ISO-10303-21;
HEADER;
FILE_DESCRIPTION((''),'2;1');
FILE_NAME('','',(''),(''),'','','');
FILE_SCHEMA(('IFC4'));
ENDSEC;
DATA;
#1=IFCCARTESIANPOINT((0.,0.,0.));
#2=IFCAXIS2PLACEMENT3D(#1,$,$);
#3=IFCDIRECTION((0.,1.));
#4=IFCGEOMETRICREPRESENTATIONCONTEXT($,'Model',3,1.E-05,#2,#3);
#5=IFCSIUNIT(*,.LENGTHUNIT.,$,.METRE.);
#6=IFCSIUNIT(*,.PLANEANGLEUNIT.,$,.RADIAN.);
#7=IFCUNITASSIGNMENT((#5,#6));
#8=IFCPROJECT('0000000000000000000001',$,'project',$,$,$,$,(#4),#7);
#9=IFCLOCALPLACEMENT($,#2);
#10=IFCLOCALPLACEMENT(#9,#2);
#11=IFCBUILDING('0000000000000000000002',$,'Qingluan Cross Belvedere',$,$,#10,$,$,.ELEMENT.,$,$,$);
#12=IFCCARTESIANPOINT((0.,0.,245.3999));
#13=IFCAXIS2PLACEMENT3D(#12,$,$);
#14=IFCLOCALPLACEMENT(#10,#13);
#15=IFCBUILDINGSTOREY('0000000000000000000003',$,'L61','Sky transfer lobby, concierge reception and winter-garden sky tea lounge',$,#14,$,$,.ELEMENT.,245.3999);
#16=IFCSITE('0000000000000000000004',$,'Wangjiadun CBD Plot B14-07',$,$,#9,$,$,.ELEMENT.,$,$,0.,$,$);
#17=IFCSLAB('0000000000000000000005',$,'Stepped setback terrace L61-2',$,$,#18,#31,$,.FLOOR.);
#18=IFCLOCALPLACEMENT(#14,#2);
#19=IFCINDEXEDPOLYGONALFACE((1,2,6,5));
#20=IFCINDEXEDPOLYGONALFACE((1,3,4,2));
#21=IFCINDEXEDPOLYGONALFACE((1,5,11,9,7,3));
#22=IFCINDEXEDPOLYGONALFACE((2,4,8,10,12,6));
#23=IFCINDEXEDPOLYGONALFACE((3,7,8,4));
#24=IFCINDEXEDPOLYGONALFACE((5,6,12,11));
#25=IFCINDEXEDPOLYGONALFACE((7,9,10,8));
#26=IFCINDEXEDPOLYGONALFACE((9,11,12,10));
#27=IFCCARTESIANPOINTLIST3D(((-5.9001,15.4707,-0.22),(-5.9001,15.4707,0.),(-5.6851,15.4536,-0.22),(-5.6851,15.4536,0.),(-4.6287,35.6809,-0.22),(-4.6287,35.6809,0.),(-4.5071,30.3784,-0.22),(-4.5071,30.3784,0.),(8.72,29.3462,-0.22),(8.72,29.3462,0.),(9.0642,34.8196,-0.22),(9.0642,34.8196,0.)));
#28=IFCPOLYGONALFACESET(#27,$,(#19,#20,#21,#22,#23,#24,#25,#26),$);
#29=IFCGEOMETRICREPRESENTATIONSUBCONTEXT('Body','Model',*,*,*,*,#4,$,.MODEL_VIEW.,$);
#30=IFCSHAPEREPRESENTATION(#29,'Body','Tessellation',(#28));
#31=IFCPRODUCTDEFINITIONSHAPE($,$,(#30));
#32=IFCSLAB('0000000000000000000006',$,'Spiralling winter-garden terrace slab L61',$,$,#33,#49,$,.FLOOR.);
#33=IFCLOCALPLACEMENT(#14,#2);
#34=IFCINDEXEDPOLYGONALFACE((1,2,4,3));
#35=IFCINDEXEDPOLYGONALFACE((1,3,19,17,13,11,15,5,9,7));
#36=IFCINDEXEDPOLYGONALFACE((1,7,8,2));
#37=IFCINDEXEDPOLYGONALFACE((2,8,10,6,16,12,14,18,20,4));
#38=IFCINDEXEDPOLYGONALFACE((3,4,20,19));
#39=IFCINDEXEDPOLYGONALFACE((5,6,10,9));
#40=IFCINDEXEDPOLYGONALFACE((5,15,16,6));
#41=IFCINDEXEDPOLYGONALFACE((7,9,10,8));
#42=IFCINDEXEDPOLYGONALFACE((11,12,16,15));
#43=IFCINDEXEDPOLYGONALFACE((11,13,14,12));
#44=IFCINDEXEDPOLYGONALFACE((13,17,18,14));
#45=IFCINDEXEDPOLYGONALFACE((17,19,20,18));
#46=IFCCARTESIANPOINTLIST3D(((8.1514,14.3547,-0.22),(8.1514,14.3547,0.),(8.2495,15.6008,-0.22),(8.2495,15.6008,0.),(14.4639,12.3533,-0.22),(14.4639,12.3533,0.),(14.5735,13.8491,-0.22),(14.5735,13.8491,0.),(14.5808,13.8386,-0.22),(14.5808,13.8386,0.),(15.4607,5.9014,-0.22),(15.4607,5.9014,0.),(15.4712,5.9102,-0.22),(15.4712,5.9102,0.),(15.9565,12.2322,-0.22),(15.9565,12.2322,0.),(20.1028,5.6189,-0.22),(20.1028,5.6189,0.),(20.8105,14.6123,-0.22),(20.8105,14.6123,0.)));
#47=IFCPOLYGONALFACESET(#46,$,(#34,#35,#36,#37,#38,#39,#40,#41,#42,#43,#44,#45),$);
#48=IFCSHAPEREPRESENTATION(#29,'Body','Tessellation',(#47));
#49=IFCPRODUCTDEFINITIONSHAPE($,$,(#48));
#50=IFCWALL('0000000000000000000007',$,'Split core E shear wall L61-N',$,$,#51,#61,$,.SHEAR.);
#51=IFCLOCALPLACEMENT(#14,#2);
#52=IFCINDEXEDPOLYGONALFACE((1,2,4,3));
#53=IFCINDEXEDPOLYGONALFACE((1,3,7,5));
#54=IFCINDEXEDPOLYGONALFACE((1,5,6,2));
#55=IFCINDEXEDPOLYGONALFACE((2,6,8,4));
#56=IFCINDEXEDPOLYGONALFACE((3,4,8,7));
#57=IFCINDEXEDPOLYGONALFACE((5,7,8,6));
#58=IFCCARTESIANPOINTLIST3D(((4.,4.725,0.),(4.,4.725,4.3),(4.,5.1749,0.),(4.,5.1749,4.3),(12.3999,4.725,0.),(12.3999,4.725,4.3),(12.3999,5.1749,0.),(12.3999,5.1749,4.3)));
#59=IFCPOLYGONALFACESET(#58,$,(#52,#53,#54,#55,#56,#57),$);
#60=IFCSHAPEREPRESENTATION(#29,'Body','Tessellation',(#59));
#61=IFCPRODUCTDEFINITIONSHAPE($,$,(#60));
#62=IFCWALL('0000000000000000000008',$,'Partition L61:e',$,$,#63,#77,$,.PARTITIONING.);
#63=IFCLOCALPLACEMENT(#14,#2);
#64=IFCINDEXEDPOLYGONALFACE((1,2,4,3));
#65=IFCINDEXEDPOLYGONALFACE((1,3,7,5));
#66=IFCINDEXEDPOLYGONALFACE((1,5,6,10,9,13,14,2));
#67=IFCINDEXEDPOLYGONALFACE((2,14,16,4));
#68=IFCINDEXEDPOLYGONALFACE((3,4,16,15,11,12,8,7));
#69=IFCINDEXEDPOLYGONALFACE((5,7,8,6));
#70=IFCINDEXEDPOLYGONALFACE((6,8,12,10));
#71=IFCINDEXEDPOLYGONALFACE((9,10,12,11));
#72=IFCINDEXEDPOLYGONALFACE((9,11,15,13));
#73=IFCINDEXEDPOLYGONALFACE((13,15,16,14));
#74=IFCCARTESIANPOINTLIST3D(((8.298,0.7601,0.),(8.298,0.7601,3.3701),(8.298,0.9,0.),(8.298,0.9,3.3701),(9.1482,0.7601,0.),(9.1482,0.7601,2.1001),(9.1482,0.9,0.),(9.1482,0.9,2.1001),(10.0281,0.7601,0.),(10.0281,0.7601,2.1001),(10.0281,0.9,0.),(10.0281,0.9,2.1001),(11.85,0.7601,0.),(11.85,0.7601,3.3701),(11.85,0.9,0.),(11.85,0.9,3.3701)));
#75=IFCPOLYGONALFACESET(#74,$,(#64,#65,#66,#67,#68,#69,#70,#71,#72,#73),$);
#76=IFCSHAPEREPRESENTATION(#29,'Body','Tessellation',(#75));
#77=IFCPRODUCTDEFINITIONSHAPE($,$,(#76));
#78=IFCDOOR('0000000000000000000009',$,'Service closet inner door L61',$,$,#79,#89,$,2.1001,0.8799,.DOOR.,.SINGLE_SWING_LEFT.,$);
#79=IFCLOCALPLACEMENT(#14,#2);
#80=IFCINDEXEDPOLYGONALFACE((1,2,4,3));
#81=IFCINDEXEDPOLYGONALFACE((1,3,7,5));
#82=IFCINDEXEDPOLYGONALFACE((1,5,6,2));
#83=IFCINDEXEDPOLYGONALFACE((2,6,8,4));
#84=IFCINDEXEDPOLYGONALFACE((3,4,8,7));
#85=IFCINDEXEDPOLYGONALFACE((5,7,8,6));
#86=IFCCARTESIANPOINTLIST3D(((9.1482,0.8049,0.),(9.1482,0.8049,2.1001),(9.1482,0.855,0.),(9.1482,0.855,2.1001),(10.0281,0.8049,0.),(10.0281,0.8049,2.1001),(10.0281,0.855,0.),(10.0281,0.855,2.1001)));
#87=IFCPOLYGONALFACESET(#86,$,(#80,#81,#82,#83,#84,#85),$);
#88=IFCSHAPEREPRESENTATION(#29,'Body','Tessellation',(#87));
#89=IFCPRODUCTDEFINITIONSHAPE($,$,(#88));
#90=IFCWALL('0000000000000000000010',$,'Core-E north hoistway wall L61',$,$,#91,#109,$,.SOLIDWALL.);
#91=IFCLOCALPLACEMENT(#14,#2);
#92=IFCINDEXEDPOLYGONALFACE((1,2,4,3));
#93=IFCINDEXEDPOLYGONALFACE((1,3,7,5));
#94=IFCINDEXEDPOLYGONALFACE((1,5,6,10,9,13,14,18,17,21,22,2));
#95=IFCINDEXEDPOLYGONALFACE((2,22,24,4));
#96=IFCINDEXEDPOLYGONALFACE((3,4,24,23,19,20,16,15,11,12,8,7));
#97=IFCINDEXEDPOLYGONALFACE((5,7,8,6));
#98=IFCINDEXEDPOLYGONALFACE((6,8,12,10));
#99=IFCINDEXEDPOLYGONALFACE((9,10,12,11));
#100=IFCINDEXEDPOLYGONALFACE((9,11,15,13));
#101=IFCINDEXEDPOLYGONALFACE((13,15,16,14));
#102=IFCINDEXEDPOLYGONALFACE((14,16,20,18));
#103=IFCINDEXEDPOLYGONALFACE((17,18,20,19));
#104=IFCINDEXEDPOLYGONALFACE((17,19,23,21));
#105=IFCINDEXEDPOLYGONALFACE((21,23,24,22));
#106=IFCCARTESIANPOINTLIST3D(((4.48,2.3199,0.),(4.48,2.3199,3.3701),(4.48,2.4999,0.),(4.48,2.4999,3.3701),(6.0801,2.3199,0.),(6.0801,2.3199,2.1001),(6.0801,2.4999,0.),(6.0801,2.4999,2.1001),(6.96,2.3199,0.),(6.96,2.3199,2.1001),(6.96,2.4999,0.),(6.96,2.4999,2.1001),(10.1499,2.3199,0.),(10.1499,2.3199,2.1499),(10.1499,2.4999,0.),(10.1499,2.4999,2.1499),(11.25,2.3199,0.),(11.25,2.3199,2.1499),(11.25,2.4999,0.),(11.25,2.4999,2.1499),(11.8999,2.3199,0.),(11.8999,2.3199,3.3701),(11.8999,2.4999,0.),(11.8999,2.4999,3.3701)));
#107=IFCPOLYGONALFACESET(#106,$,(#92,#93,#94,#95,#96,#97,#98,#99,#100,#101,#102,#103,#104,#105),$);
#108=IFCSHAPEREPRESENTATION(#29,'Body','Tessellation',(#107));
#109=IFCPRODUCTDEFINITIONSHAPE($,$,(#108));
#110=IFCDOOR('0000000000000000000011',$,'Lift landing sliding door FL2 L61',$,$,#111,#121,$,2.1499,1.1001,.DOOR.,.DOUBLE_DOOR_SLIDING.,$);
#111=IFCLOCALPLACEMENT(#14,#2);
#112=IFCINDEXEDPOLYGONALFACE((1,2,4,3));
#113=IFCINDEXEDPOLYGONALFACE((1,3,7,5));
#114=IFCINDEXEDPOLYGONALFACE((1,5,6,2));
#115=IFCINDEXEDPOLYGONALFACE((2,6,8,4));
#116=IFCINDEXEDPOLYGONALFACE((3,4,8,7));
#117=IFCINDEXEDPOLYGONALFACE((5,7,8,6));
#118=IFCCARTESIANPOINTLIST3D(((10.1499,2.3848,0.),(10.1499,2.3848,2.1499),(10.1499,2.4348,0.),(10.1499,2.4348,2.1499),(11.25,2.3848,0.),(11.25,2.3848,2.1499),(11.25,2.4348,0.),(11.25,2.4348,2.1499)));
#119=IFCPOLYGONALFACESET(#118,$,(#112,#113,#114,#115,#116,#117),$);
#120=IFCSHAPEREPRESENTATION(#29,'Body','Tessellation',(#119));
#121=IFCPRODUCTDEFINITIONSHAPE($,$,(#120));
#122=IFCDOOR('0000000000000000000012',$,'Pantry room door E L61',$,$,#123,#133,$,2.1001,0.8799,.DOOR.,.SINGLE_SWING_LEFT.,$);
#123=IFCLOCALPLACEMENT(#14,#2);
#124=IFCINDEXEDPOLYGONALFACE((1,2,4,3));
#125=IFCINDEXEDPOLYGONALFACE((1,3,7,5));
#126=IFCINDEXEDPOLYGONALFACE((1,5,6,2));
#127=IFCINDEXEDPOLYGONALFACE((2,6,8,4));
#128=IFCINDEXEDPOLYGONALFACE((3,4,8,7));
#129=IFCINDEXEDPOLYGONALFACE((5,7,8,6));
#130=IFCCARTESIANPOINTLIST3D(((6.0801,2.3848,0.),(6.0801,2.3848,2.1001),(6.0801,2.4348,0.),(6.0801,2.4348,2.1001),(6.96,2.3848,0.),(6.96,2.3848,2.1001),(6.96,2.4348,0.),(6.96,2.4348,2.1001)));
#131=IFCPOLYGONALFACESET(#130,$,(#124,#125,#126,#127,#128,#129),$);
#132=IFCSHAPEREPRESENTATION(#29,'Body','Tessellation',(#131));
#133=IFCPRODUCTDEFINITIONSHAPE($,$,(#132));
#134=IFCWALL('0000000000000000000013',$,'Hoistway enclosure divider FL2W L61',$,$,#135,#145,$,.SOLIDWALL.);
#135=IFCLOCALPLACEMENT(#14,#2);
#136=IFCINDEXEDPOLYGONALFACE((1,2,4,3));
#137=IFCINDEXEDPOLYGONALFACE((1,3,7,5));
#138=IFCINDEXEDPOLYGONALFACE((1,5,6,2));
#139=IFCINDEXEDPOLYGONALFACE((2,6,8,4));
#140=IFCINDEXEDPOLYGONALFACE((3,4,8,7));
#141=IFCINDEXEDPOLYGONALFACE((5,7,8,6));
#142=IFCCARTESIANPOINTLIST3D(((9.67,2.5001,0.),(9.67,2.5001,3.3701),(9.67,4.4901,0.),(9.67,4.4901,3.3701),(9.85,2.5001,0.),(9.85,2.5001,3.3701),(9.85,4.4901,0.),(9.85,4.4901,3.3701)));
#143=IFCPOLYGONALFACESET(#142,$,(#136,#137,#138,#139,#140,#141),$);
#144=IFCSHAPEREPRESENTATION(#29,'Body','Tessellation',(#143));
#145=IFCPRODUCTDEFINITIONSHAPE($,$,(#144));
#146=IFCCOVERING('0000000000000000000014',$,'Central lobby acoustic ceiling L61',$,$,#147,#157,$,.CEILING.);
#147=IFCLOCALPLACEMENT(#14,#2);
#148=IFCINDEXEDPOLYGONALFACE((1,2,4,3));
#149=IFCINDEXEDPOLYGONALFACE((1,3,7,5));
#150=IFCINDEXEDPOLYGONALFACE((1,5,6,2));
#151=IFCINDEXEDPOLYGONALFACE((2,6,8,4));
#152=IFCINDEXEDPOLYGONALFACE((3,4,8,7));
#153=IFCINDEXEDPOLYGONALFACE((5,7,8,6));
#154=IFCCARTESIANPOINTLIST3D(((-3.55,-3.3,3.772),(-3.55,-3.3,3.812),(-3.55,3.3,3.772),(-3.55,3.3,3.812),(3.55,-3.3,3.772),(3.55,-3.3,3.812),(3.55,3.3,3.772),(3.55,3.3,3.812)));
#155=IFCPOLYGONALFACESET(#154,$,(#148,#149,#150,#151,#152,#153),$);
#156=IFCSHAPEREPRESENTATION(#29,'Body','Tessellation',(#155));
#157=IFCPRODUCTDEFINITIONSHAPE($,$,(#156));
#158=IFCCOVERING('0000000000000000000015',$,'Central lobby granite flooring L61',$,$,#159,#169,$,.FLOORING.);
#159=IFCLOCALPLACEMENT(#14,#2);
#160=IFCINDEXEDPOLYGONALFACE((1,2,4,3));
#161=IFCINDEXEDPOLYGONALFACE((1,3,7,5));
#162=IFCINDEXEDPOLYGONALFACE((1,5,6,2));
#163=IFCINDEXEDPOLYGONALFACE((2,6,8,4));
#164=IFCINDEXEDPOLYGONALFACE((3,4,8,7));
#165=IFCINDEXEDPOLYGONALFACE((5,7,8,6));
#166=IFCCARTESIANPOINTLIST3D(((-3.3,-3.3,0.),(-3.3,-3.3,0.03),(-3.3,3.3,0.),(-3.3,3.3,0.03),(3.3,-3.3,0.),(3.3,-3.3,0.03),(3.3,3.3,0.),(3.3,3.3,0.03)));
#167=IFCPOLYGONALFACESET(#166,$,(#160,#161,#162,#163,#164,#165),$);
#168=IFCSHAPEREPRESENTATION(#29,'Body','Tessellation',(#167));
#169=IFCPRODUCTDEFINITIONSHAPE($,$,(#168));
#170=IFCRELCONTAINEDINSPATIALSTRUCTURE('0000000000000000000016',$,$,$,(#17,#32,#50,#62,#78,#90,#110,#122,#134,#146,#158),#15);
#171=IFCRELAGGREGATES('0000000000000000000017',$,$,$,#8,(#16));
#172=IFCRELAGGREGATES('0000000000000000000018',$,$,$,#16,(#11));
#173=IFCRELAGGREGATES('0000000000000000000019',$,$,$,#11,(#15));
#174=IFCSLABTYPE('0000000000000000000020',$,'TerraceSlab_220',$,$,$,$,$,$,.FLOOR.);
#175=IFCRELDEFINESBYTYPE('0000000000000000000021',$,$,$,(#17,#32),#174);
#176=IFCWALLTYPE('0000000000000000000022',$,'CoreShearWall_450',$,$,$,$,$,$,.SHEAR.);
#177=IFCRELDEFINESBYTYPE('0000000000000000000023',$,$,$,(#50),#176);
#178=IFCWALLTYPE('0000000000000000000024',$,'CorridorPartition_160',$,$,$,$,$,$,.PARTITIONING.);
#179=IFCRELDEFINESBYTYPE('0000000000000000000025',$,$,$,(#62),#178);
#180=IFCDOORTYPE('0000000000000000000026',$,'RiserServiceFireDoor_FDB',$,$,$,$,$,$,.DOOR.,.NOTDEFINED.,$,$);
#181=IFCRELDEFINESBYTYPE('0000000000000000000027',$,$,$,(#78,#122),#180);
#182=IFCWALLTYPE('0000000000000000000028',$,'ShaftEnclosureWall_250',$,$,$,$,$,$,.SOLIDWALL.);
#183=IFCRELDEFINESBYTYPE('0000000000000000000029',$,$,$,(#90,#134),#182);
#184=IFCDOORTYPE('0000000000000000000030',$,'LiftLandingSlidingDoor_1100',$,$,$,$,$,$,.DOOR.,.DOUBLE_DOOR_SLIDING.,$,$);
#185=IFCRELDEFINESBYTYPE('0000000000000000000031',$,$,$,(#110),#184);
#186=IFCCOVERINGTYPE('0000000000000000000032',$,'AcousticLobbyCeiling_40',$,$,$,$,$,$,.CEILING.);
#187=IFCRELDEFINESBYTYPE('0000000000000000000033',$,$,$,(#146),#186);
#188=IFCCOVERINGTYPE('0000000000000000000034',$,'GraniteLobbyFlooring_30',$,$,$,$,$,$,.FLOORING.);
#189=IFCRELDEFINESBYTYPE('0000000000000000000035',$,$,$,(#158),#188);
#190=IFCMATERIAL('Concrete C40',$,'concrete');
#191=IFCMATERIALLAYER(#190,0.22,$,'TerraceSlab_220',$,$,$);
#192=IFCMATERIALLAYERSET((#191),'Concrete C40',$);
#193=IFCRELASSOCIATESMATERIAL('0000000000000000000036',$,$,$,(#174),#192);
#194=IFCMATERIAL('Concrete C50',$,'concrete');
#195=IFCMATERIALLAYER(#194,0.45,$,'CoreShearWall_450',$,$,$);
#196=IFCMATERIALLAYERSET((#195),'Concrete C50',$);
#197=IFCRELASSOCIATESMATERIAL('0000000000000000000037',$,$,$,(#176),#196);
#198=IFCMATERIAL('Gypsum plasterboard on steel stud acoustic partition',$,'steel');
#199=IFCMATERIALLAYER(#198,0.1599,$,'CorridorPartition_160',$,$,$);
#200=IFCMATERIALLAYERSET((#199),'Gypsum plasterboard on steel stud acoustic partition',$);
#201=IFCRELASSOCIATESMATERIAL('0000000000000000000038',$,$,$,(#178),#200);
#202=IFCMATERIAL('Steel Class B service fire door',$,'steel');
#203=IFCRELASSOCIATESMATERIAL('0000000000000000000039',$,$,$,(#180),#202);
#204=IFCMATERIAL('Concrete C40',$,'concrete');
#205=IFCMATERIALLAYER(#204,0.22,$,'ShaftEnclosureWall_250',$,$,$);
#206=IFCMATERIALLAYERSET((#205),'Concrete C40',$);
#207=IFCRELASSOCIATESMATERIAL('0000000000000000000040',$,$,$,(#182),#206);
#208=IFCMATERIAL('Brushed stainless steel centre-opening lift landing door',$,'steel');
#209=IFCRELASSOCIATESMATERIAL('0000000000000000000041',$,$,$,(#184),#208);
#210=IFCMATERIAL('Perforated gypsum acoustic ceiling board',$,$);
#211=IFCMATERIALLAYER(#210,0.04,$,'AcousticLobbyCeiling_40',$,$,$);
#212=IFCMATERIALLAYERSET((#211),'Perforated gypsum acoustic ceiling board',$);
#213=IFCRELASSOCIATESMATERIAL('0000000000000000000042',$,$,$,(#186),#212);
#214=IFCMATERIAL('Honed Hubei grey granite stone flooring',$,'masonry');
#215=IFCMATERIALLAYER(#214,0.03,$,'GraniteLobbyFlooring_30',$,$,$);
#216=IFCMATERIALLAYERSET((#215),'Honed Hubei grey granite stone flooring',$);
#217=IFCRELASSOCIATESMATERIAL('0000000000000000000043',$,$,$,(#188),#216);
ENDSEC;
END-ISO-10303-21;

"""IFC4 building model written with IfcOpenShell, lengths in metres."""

from ifc_helpers import new_model, si_unit, direction, frame, frame_2d, origin, origin_with_axes, origin_2d, place, context, subcontext, project, spatial, polyline, rectangle, outline, extrude, material, layer, layer_set, type_object, element, fill, save


model = new_model("IFC4")

# Units and contexts
model_context = context("Model", 3, precision=1e-05, world=origin(), true_north=direction((0.0, 1.0)))
body_context = subcontext(model_context, "Body", "Model", "MODEL_VIEW")
ifc_project = project(units=[si_unit("LENGTHUNIT", "METRE"), si_unit("PLANEANGLEUNIT", "RADIAN")], contexts=[model_context])

# Site, building, storey
site_placement = place(None, origin())
site = spatial("IfcSite", under=ifc_project, at=site_placement, Name="Wangjiadun CBD Plot B14-07", CompositionType="ELEMENT", RefElevation=0.0)
building_placement = place(site_placement, origin())
building = spatial("IfcBuilding", under=site, at=building_placement, Name="Qingluan Cross Belvedere", CompositionType="ELEMENT")
storey_placement = place(building_placement, frame((0.0, 0.0, 245.3999)))
storey = spatial("IfcBuildingStorey", under=building, at=storey_placement, Name="L61", Description="Sky transfer lobby, concierge reception and winter-garden sky tea lounge", CompositionType="ELEMENT", Elevation=245.3999)

# Slabs
ifc_material_1 = material(Name="Concrete C40", Category="concrete")
ifc_layer_1 = layer(ifc_material_1, 0.22, Name="TerraceSlab_220")
ifc_layer_set_1 = layer_set([ifc_layer_1], Name="Concrete C40")
slab_type_1 = type_object("IfcSlabType", Name="TerraceSlab_220", PredefinedType="FLOOR", material=ifc_layer_set_1)
slab_1_placement = place(storey_placement, frame((0.0, 0.0, -0.22)))
element("IfcSlab", 1, at=slab_1_placement, inside=storey, type_object=slab_type_1, Name="Stepped setback terrace L61-2", PredefinedType="FLOOR", context=body_context, shape_type="SweptSolid", body=[
    extrude(outline(polyline([(-4.6287, 35.6809), (-5.9001, 15.4707), (-5.6851, 15.4536), (-4.5071, 30.3784), (8.72, 29.3462), (9.0642, 34.8196), (-4.6287, 35.6809)])), origin(), (0.0, 0.0, 1.0), 0.22),
])
slab_2_placement = place(storey_placement, frame((0.0, 0.0, -0.22)))
element("IfcSlab", 2, at=slab_2_placement, inside=storey, type_object=slab_type_1, Name="Spiralling winter-garden terrace slab L61", PredefinedType="FLOOR", context=body_context, shape_type="SweptSolid", body=[
    extrude(outline(polyline([(8.1514, 14.3547), (14.5735, 13.8491), (14.5808, 13.8386), (14.4639, 12.3533), (15.9565, 12.2322), (15.4607, 5.9014), (15.4712, 5.9102), (20.1028, 5.6189), (20.8105, 14.6123), (8.2495, 15.6008), (8.1514, 14.3547)])), origin(), (0.0, 0.0, 1.0), 0.22),
])

# Wall
ifc_material_2 = material(Name="Concrete C50", Category="concrete")
ifc_layer_2 = layer(ifc_material_2, 0.45, Name="CoreShearWall_450")
ifc_layer_set_2 = layer_set([ifc_layer_2], Name="Concrete C50")
wall_type_1 = type_object("IfcWallType", Name="CoreShearWall_450", PredefinedType="SHEAR", material=ifc_layer_set_2)
wall_1_placement = place(storey_placement, frame((4.0, 4.95, 0.0), z_axis=(0.0, 0.0, 1.0), x_axis=(1.0, 0.0, 0.0)))
element("IfcWall", 3, at=wall_1_placement, inside=storey, type_object=wall_type_1, Name="Split core E shear wall L61-N", PredefinedType="SHEAR", context=body_context, shape_type="SweptSolid", body=[
    extrude(rectangle(XDim=8.3999, YDim=0.45, at=frame_2d((4.2, 0.0))), origin(), (0.0, 0.0, 1.0), 4.3),
])

# Wall, opening, door
ifc_material_3 = material(Name="Gypsum plasterboard on steel stud acoustic partition", Category="steel")
ifc_layer_3 = layer(ifc_material_3, 0.1599, Name="CorridorPartition_160")
ifc_layer_set_3 = layer_set([ifc_layer_3], Name="Gypsum plasterboard on steel stud acoustic partition")
wall_type_2 = type_object("IfcWallType", Name="CorridorPartition_160", PredefinedType="PARTITIONING", material=ifc_layer_set_3)
wall_2_placement = place(storey_placement, frame((8.2981, 0.8301, 0.0), z_axis=(0.0, 0.0, 1.0), x_axis=(1.0, 0.0, 0.0)))
wall_2 = element("IfcWall", 4, at=wall_2_placement, inside=storey, type_object=wall_type_2, Name="Partition L61:e", PredefinedType="PARTITIONING", context=body_context, shape_type="SweptSolid", body=[
    extrude(rectangle(XDim=3.552, YDim=0.1399, at=frame_2d((1.7759, 0.0))), origin(), (0.0, 0.0, 1.0), 3.3701),
])
opening_1_placement = place(wall_2_placement, frame((0.8501, 0.0, 0.0)))
opening_1 = element("IfcOpeningElement", 5, at=opening_1_placement, cuts=wall_2, PredefinedType="OPENING", context=body_context, shape_type="SweptSolid", body=[
    extrude(rectangle(XDim=0.8799, YDim=2.1001, at=frame_2d((0.4399, 1.05))), frame((0.0, 0.0798, 0.0), z_axis=(0.0, -1.0, 0.0), x_axis=(1.0, 0.0, 0.0)), (0.0, 0.0, 1.0), 0.1599),
])
ifc_material_4 = material(Name="Steel Class B service fire door", Category="steel")
door_type_1 = type_object("IfcDoorType", Name="RiserServiceFireDoor_FDB", OperationType="NOTDEFINED", PredefinedType="DOOR", material=ifc_material_4)
door_1_placement = place(opening_1_placement, origin())
door_1 = element("IfcDoor", 6, at=door_1_placement, inside=storey, type_object=door_type_1, Name="Service closet inner door L61", OperationType="SINGLE_SWING_LEFT", OverallHeight=2.1001, OverallWidth=0.8799, PredefinedType="DOOR", context=body_context, shape_type="SweptSolid", body=[
    extrude(rectangle(XDim=0.8799, YDim=2.1001, at=frame_2d((0.4399, 1.05))), frame((0.0, 0.0249, 0.0), z_axis=(0.0, -1.0, 0.0), x_axis=(1.0, 0.0, 0.0)), (0.0, 0.0, 1.0), 0.05),
])
fill(opening_1, door_1)

# Wall, openings, doors
ifc_material_5 = material(Name="Concrete C40", Category="concrete")
ifc_layer_4 = layer(ifc_material_5, 0.22, Name="ShaftEnclosureWall_250")
ifc_layer_set_4 = layer_set([ifc_layer_4], Name="Concrete C40")
wall_type_3 = type_object("IfcWallType", Name="ShaftEnclosureWall_250", PredefinedType="SOLIDWALL", material=ifc_layer_set_4)
wall_3_placement = place(storey_placement, frame((4.48, 2.4099, 0.0), z_axis=(0.0, 0.0, 1.0), x_axis=(1.0, 0.0, 0.0)))
wall_3 = element("IfcWall", 7, at=wall_3_placement, inside=storey, type_object=wall_type_3, Name="Core-E north hoistway wall L61", PredefinedType="SOLIDWALL", context=body_context, shape_type="SweptSolid", body=[
    extrude(rectangle(XDim=7.4199, YDim=0.1799, at=frame_2d((3.71, 0.0))), origin(), (0.0, 0.0, 1.0), 3.3701),
])
opening_2_placement = place(wall_3_placement, frame((5.6699, 0.0, 0.0)))
opening_2 = element("IfcOpeningElement", 8, at=opening_2_placement, cuts=wall_3, PredefinedType="OPENING", context=body_context, shape_type="SweptSolid", body=[
    extrude(rectangle(XDim=1.1001, YDim=2.1499, at=frame_2d((0.55, 1.075))), frame((0.0, 0.0999, 0.0), z_axis=(0.0, -1.0, 0.0), x_axis=(1.0, 0.0, 0.0)), (0.0, 0.0, 1.0), 0.2),
])
opening_3_placement = place(wall_3_placement, frame((1.6001, 0.0, 0.0)))
opening_3 = element("IfcOpeningElement", 9, at=opening_3_placement, cuts=wall_3, PredefinedType="OPENING", context=body_context, shape_type="SweptSolid", body=[
    extrude(rectangle(XDim=0.8799, YDim=2.1001, at=frame_2d((0.4399, 1.05))), frame((0.0, 0.0999, 0.0), z_axis=(0.0, -1.0, 0.0), x_axis=(1.0, 0.0, 0.0)), (0.0, 0.0, 1.0), 0.2),
])
ifc_material_6 = material(Name="Brushed stainless steel centre-opening lift landing door", Category="steel")
door_type_2 = type_object("IfcDoorType", Name="LiftLandingSlidingDoor_1100", OperationType="DOUBLE_DOOR_SLIDING", PredefinedType="DOOR", material=ifc_material_6)
door_2_placement = place(opening_2_placement, origin())
door_2 = element("IfcDoor", 10, at=door_2_placement, inside=storey, type_object=door_type_2, Name="Lift landing sliding door FL2 L61", OperationType="DOUBLE_DOOR_SLIDING", OverallHeight=2.1499, OverallWidth=1.1001, PredefinedType="DOOR", context=body_context, shape_type="SweptSolid", body=[
    extrude(rectangle(XDim=1.1001, YDim=2.1499, at=frame_2d((0.55, 1.075))), frame((0.0, 0.0249, 0.0), z_axis=(0.0, -1.0, 0.0), x_axis=(1.0, 0.0, 0.0)), (0.0, 0.0, 1.0), 0.05),
])
fill(opening_2, door_2)
door_3_placement = place(opening_3_placement, origin())
door_3 = element("IfcDoor", 11, at=door_3_placement, inside=storey, type_object=door_type_1, Name="Pantry room door E L61", OperationType="SINGLE_SWING_LEFT", OverallHeight=2.1001, OverallWidth=0.8799, PredefinedType="DOOR", context=body_context, shape_type="SweptSolid", body=[
    extrude(rectangle(XDim=0.8799, YDim=2.1001, at=frame_2d((0.4399, 1.05))), frame((0.0, 0.0249, 0.0), z_axis=(0.0, -1.0, 0.0), x_axis=(1.0, 0.0, 0.0)), (0.0, 0.0, 1.0), 0.05),
])
fill(opening_3, door_3)

# Wall
wall_4_placement = place(storey_placement, frame((9.76, 2.5, 0.0), z_axis=(0.0, 0.0, 1.0), x_axis=(0.0, 1.0, 0.0)))
element("IfcWall", 12, at=wall_4_placement, inside=storey, type_object=wall_type_3, Name="Hoistway enclosure divider FL2W L61", PredefinedType="SOLIDWALL", context=body_context, shape_type="SweptSolid", body=[
    extrude(rectangle(XDim=1.99, YDim=0.1799, at=frame_2d((0.9951, 0.0))), origin(), (0.0, 0.0, 1.0), 3.3701),
])

# Coverings
ifc_material_7 = material(Name="Perforated gypsum acoustic ceiling board")
ifc_layer_5 = layer(ifc_material_7, 0.04, Name="AcousticLobbyCeiling_40")
ifc_layer_set_5 = layer_set([ifc_layer_5], Name="Perforated gypsum acoustic ceiling board")
covering_type_1 = type_object("IfcCoveringType", Name="AcousticLobbyCeiling_40", PredefinedType="CEILING", material=ifc_layer_set_5)
covering_1_placement = place(storey_placement, frame((0.0, 0.0, 3.772), z_axis=(0.0, 0.0, 1.0), x_axis=(1.0, 0.0, 0.0)))
element("IfcCovering", 13, at=covering_1_placement, inside=storey, type_object=covering_type_1, Name="Central lobby acoustic ceiling L61", PredefinedType="CEILING", context=body_context, shape_type="SweptSolid", body=[
    extrude(rectangle(XDim=7.1001, YDim=6.6001, at=origin_2d()), origin(), (0.0, 0.0, 1.0), 0.04),
])
ifc_material_8 = material(Name="Honed Hubei grey granite stone flooring", Category="masonry")
ifc_layer_6 = layer(ifc_material_8, 0.03, Name="GraniteLobbyFlooring_30")
ifc_layer_set_6 = layer_set([ifc_layer_6], Name="Honed Hubei grey granite stone flooring")
covering_type_2 = type_object("IfcCoveringType", Name="GraniteLobbyFlooring_30", PredefinedType="FLOORING", material=ifc_layer_set_6)
covering_2_placement = place(storey_placement, origin_with_axes())
element("IfcCovering", 14, at=covering_2_placement, inside=storey, type_object=covering_type_2, Name="Central lobby granite flooring L61", PredefinedType="FLOORING", context=body_context, shape_type="SweptSolid", body=[
    extrude(rectangle(XDim=6.6001, YDim=6.6001, at=origin_2d()), origin(), (0.0, 0.0, 1.0), 0.03),
])

save(model, "model.ifc")
